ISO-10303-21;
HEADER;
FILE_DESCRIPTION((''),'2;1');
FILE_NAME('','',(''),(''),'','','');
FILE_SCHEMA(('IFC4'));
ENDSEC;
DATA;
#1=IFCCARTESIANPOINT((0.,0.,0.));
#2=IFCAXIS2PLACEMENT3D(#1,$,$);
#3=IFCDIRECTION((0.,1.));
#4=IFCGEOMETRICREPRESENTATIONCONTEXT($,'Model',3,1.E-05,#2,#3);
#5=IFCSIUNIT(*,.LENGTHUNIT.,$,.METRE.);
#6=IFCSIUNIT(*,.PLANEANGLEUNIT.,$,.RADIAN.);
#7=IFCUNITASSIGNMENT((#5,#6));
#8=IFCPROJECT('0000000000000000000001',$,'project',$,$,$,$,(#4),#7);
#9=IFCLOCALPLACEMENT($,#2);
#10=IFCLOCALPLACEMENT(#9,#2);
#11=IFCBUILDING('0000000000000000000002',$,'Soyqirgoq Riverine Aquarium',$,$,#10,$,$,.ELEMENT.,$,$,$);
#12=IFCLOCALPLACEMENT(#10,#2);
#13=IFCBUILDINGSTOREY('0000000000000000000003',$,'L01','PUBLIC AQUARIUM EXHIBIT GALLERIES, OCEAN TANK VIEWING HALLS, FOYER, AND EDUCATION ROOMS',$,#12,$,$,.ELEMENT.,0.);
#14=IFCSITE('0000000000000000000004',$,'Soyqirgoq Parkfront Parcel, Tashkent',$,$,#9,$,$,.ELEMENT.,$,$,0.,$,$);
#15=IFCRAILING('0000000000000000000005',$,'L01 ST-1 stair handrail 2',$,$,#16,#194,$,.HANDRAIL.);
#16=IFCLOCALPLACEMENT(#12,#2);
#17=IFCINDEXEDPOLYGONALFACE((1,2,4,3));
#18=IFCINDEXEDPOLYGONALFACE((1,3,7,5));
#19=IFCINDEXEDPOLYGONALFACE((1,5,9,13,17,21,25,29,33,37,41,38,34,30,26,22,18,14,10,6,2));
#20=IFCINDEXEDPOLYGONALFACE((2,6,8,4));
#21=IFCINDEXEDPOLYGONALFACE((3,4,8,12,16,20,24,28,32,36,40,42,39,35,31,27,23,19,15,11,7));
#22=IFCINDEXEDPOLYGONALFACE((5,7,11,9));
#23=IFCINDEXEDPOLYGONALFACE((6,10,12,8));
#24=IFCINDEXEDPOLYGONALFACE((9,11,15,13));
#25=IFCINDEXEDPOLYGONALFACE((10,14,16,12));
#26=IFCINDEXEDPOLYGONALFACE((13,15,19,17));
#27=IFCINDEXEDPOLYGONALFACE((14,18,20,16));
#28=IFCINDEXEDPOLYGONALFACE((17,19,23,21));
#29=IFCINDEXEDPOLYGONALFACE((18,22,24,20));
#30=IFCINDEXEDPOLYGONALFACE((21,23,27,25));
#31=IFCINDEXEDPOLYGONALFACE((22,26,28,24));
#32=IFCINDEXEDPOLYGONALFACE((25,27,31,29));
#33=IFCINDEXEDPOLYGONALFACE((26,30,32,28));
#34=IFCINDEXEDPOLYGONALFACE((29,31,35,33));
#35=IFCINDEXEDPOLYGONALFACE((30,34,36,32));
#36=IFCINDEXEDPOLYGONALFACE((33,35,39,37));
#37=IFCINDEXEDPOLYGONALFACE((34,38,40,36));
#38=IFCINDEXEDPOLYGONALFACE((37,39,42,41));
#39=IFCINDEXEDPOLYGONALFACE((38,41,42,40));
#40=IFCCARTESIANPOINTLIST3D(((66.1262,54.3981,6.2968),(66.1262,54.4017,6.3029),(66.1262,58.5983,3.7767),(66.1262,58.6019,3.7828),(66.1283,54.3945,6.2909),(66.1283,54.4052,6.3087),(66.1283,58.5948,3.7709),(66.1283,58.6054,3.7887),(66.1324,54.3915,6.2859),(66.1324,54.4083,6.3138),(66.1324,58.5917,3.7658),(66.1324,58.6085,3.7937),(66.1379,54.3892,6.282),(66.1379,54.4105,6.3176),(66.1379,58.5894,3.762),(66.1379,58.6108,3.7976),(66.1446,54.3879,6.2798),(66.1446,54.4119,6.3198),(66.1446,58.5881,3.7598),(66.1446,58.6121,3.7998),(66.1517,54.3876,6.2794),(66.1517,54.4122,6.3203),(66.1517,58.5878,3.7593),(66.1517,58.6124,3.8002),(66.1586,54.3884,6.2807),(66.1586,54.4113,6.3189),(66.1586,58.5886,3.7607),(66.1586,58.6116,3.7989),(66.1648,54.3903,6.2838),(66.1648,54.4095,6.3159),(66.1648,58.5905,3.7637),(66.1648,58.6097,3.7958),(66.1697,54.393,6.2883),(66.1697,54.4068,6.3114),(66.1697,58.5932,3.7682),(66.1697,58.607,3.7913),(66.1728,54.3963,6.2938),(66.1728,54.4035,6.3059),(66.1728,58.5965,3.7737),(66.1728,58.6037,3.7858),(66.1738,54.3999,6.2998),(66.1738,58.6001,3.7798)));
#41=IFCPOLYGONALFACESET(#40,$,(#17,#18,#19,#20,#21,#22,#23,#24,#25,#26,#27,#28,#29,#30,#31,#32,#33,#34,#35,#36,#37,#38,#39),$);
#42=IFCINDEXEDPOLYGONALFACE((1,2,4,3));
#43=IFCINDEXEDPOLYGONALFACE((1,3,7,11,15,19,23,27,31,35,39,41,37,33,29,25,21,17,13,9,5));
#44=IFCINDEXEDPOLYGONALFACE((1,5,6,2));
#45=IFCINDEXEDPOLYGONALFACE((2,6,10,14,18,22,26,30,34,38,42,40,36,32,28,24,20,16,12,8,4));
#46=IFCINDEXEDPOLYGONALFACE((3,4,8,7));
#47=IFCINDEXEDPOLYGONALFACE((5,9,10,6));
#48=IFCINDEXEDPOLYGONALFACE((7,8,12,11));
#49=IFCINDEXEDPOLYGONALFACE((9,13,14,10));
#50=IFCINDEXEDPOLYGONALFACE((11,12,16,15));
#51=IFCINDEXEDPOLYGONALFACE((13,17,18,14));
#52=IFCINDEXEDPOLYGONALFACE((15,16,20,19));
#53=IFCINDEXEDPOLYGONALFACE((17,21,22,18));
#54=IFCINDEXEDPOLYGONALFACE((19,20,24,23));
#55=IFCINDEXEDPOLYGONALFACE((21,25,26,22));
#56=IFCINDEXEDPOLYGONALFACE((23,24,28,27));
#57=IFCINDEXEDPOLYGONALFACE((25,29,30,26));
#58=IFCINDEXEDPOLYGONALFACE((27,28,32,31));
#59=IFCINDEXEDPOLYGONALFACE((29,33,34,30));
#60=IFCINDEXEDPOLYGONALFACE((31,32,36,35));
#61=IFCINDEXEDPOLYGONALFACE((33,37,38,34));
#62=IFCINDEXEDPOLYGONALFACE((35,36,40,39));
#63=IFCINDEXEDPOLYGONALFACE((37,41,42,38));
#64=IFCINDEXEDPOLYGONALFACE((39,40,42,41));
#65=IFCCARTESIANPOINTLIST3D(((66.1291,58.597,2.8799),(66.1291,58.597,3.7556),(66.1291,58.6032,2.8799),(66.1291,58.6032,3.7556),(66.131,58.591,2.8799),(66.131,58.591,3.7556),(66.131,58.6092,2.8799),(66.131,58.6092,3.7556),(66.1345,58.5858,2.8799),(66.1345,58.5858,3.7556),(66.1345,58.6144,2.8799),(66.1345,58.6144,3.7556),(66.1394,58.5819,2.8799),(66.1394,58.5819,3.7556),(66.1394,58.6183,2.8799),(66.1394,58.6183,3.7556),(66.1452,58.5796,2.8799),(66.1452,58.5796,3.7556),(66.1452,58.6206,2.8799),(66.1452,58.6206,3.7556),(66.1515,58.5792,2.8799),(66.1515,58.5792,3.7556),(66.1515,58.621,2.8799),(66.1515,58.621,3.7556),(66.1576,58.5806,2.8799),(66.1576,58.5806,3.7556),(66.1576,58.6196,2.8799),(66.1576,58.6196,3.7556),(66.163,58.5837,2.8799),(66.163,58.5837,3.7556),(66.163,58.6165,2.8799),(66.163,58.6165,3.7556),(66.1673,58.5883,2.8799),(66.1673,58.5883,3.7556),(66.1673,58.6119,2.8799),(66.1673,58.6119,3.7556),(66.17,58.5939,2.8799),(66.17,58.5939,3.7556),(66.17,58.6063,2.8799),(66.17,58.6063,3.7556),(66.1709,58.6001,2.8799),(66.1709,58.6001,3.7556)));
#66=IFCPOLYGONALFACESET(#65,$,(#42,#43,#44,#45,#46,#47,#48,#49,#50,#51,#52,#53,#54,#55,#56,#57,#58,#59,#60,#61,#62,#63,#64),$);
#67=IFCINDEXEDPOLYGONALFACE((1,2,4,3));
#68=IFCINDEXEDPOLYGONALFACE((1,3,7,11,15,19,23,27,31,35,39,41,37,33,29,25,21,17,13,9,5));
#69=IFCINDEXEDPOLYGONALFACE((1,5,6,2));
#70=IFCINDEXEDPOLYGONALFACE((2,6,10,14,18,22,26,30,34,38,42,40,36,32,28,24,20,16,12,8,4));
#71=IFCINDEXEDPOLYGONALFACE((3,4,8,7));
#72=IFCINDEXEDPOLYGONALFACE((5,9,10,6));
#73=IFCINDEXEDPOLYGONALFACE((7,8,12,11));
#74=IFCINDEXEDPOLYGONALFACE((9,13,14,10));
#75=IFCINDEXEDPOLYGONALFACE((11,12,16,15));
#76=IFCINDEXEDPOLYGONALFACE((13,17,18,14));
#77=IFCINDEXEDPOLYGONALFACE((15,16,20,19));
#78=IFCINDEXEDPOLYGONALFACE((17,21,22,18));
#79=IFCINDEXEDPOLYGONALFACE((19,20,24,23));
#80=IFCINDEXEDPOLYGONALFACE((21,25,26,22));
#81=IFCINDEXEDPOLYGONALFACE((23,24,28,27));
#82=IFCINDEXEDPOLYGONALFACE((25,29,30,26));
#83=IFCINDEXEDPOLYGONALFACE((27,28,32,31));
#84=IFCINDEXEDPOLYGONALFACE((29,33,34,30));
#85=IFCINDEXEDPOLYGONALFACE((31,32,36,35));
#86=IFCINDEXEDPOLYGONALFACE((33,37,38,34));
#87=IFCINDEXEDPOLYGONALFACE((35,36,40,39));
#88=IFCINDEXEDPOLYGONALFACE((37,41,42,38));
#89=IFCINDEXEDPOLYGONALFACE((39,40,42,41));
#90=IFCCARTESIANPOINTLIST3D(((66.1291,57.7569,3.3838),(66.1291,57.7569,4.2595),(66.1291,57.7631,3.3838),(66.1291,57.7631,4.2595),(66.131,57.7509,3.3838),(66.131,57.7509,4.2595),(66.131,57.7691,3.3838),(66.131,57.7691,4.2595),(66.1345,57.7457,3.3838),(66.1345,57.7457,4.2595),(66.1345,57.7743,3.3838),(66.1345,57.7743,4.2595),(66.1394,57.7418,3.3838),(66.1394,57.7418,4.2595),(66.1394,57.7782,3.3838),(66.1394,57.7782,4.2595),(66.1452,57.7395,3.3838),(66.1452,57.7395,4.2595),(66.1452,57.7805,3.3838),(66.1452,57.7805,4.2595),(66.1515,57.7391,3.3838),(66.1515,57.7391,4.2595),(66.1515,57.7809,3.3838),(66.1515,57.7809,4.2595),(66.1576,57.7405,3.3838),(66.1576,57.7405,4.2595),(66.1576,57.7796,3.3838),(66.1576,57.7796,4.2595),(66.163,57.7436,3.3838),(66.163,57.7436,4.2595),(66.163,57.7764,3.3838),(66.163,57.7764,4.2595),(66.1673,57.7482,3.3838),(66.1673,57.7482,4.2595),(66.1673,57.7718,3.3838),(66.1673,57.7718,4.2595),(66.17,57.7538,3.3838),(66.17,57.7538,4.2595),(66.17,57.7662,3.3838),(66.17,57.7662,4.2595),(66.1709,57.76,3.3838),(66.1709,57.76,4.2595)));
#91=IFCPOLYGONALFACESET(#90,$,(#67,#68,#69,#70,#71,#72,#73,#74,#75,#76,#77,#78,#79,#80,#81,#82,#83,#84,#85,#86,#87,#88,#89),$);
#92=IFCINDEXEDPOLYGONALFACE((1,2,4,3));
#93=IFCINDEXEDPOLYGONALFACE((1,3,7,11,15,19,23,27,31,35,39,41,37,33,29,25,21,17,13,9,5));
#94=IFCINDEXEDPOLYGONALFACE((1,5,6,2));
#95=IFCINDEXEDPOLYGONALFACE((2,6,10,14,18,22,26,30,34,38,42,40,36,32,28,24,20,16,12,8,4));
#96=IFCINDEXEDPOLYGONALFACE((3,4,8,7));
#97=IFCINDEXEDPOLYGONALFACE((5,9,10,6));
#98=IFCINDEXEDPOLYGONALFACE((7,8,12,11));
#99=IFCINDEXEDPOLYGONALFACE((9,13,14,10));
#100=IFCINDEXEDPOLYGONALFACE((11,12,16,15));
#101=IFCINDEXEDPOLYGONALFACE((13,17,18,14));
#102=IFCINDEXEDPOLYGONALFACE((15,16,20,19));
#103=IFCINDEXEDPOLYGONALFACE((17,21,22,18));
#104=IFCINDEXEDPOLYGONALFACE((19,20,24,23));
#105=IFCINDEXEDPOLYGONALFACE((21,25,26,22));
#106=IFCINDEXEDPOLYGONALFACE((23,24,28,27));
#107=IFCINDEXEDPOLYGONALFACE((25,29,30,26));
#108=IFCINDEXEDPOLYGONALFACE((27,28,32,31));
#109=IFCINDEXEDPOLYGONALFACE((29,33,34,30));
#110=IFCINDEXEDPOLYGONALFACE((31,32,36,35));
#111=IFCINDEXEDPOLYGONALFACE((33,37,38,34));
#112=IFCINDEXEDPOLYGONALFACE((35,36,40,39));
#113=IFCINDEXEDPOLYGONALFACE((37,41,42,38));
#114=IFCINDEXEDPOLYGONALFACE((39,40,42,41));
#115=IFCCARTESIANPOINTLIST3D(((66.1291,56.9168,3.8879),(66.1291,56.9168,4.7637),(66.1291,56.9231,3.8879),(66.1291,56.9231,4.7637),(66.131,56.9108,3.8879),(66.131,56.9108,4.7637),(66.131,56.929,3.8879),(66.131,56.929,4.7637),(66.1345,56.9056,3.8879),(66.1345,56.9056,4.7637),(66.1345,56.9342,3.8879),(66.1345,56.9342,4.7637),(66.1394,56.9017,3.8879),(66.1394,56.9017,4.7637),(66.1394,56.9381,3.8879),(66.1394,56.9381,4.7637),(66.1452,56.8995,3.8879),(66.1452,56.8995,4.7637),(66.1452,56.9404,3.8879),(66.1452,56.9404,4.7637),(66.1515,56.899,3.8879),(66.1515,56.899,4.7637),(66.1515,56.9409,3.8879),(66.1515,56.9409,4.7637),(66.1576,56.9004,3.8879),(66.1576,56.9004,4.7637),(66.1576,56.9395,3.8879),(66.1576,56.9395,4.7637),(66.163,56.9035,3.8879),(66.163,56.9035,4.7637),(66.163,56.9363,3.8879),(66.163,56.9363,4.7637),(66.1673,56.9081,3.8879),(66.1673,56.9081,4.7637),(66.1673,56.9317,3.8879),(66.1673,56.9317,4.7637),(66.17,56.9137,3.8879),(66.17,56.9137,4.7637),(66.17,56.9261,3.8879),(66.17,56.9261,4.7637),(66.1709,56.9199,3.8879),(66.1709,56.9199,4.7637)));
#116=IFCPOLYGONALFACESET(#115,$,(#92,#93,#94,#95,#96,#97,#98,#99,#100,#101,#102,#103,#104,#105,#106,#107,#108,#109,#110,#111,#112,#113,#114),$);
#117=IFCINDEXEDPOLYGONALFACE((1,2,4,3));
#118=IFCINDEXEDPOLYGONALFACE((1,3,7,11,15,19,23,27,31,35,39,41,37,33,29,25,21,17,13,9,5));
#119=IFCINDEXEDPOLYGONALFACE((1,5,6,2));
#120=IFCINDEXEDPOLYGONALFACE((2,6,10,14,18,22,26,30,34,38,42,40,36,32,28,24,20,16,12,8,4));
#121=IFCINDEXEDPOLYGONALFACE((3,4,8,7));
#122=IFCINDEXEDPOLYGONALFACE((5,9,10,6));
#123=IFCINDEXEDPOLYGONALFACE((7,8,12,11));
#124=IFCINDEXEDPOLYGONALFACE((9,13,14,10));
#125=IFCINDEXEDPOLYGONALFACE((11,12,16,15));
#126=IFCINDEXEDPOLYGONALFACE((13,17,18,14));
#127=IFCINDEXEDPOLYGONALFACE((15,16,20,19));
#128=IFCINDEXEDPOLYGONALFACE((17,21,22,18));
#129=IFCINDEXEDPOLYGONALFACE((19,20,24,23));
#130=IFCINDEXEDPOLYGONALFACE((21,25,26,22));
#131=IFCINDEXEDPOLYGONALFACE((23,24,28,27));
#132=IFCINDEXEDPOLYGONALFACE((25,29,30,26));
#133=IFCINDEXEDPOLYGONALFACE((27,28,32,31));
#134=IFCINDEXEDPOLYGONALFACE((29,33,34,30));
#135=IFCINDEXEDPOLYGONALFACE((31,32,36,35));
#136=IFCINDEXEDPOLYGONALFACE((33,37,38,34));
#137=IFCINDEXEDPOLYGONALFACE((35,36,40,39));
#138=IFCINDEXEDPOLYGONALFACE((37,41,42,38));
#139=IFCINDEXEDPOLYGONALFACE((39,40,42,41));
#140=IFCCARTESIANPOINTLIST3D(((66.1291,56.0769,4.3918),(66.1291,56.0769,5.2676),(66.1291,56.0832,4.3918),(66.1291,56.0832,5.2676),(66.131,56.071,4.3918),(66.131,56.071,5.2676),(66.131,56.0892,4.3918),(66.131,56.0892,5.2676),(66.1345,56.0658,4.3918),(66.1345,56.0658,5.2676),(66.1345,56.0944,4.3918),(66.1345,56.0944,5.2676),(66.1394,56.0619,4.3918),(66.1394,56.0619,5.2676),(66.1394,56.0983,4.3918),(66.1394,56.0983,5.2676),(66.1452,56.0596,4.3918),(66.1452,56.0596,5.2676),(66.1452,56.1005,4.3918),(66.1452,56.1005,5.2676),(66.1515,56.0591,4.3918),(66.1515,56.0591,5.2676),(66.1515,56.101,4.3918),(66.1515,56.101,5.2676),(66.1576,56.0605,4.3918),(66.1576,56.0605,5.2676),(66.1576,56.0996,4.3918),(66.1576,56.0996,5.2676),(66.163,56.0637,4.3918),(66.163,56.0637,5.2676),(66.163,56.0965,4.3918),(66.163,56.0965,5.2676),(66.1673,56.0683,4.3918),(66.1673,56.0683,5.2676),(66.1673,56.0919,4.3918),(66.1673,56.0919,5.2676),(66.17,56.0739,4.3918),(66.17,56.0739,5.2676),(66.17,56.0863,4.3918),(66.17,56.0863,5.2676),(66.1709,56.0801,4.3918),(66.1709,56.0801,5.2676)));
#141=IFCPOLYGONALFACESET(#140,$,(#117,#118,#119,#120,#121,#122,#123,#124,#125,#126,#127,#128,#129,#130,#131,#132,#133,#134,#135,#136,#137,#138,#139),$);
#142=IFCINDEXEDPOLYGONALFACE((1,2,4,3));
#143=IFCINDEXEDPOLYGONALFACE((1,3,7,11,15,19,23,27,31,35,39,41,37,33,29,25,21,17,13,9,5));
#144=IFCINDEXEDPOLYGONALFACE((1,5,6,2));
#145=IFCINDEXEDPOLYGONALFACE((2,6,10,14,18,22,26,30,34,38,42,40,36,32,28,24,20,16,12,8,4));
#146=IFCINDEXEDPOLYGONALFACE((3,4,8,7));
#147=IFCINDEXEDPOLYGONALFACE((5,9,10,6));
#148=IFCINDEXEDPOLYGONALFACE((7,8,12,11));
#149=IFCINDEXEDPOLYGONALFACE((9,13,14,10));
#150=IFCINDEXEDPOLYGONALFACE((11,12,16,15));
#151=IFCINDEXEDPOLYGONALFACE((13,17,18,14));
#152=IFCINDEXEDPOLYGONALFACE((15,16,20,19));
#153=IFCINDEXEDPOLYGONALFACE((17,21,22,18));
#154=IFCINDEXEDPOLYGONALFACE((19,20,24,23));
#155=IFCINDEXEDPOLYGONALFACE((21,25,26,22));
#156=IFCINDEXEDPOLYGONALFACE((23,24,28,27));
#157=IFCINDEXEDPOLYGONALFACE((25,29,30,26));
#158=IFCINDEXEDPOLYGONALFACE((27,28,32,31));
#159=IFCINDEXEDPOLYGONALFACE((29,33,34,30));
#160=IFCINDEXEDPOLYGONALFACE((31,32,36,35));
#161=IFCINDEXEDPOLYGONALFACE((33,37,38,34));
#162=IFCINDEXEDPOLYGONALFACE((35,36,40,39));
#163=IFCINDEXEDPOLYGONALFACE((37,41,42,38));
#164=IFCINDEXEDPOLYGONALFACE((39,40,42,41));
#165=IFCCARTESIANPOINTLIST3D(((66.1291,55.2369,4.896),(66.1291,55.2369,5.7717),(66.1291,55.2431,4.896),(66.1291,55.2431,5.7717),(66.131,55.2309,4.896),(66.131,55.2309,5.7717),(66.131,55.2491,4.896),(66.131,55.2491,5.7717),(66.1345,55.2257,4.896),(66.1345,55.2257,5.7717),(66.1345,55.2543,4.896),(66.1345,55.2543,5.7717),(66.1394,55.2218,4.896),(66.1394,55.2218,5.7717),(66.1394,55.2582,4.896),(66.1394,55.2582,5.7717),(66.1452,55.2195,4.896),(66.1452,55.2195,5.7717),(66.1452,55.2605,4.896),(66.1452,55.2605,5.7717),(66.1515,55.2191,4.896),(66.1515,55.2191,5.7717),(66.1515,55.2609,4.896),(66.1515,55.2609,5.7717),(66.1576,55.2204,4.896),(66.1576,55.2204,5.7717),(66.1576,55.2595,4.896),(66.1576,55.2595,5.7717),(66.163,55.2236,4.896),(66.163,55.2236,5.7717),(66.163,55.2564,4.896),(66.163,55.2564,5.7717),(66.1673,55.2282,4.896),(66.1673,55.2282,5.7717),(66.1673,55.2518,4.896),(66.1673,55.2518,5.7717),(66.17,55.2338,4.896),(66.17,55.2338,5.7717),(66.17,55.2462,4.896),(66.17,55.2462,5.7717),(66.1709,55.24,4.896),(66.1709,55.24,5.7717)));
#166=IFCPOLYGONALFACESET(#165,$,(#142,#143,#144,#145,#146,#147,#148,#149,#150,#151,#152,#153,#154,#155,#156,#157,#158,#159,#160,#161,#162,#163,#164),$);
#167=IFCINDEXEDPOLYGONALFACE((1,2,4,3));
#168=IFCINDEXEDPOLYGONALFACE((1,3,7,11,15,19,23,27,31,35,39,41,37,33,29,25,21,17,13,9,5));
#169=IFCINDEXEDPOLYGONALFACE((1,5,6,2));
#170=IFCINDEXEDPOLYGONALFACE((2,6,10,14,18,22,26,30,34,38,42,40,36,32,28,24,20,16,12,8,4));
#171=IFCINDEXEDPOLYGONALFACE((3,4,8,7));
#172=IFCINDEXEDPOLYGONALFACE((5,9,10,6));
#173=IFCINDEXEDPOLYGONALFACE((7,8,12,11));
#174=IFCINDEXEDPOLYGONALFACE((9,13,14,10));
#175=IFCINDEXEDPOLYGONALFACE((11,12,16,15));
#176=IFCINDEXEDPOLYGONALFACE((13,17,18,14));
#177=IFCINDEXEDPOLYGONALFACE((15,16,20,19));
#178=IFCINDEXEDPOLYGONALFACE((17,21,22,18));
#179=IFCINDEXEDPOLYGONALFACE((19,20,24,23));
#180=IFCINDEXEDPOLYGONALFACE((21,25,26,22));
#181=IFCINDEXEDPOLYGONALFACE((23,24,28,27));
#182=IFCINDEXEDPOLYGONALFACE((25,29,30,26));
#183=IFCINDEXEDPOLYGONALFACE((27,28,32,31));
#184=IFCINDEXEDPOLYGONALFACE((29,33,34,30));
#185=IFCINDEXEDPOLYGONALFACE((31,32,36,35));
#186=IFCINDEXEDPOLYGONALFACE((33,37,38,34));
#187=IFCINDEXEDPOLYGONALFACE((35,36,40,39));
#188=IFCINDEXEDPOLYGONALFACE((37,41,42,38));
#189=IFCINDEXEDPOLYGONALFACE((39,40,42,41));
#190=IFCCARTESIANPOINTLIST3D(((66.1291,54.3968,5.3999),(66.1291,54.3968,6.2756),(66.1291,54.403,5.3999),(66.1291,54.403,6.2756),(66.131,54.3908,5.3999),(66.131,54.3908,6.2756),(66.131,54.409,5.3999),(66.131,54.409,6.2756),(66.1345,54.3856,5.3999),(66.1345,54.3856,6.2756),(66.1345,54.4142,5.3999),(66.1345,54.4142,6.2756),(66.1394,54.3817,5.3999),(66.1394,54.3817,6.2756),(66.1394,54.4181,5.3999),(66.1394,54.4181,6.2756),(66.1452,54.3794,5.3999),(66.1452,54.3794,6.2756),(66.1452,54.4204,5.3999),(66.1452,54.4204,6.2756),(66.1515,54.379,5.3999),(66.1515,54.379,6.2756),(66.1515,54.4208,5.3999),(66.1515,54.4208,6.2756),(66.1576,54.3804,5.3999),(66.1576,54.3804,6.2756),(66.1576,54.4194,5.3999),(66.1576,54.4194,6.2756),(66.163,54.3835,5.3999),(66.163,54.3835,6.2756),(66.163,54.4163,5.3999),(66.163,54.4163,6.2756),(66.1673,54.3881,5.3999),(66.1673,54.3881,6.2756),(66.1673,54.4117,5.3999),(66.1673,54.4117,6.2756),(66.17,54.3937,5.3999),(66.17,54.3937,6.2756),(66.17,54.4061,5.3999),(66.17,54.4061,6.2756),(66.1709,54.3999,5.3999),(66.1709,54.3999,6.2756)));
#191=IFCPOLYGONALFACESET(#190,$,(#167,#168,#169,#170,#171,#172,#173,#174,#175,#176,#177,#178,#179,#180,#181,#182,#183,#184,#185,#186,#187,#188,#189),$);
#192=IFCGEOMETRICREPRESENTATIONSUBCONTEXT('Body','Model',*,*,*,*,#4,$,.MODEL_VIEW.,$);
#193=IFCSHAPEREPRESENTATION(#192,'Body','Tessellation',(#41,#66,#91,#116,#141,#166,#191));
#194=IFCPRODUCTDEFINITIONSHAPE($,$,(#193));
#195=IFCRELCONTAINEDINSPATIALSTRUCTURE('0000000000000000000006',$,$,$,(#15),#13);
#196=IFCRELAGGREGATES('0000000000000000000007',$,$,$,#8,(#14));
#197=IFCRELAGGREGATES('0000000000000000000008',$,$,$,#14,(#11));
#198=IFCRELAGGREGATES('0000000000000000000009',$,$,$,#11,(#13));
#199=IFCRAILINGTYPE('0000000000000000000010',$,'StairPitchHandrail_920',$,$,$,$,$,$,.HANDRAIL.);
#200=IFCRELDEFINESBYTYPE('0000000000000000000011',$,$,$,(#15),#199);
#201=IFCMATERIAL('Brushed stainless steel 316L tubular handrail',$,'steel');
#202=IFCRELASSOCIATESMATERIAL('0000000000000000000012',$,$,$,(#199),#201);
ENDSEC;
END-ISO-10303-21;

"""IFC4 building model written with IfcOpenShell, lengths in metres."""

from ifc_helpers import new_model, si_unit, direction, frame, origin, origin_2d, place, context, subcontext, project, spatial, circle, extrude, material, type_object, element, save


model = new_model("IFC4")

# Units and contexts
model_context = context("Model", 3, precision=1e-05, world=origin(), true_north=direction((0.0, 1.0)))
body_context = subcontext(model_context, "Body", "Model", "MODEL_VIEW")
ifc_project = project(units=[si_unit("LENGTHUNIT", "METRE"), si_unit("PLANEANGLEUNIT", "RADIAN")], contexts=[model_context])

# Site, building, storey
site_placement = place(None, origin())
site = spatial("IfcSite", under=ifc_project, at=site_placement, Name="Soyqirgoq Parkfront Parcel, Tashkent", CompositionType="ELEMENT", RefElevation=0.0)
building_placement = place(site_placement, origin())
building = spatial("IfcBuilding", under=site, at=building_placement, Name="Soyqirgoq Riverine Aquarium", CompositionType="ELEMENT")
storey_placement = place(building_placement, origin())
storey = spatial("IfcBuildingStorey", under=building, at=storey_placement, Name="L01", Description="PUBLIC AQUARIUM EXHIBIT GALLERIES, OCEAN TANK VIEWING HALLS, FOYER, AND EDUCATION ROOMS", CompositionType="ELEMENT", Elevation=0.0)

# Railing
ifc_material_1 = material(Name="Brushed stainless steel 316L tubular handrail", Category="steel")
railing_type_1 = type_object("IfcRailingType", Name="StairPitchHandrail_920", PredefinedType="HANDRAIL", material=ifc_material_1)
railing_1_placement = place(storey_placement, frame((66.1499, 58.6001, 2.8799)))
element("IfcRailing", 1, at=railing_1_placement, inside=storey, type_object=railing_type_1, Name="L01 ST-1 stair handrail 2", PredefinedType="HANDRAIL", context=body_context, shape_type="SweptSolid", body=[
    extrude(circle(Radius=0.0239, at=origin_2d()), frame((0.0, 0.0, 0.8999), z_axis=(0.0, -0.857502, 0.514481), x_axis=(1.0, 0.0, 0.0)), (0.0, 0.0, 1.0), 4.8982),
    extrude(circle(Radius=0.021, at=origin_2d()), origin(), (0.0, 0.0, 1.0), 0.8757),
    extrude(circle(Radius=0.021, at=origin_2d()), frame((0.0, -0.8401, 0.5039)), (0.0, 0.0, 1.0), 0.8757),
    extrude(circle(Radius=0.021, at=origin_2d()), frame((0.0, -1.6802, 1.0081)), (0.0, 0.0, 1.0), 0.8757),
    extrude(circle(Radius=0.021, at=origin_2d()), frame((0.0, -2.52, 1.512)), (0.0, 0.0, 1.0), 0.8757),
    extrude(circle(Radius=0.021, at=origin_2d()), frame((0.0, -3.3601, 2.0161)), (0.0, 0.0, 1.0), 0.8757),
    extrude(circle(Radius=0.021, at=origin_2d()), frame((0.0, -4.2002, 2.52)), (0.0, 0.0, 1.0), 0.8757),
])

save(model, "model.ifc")
